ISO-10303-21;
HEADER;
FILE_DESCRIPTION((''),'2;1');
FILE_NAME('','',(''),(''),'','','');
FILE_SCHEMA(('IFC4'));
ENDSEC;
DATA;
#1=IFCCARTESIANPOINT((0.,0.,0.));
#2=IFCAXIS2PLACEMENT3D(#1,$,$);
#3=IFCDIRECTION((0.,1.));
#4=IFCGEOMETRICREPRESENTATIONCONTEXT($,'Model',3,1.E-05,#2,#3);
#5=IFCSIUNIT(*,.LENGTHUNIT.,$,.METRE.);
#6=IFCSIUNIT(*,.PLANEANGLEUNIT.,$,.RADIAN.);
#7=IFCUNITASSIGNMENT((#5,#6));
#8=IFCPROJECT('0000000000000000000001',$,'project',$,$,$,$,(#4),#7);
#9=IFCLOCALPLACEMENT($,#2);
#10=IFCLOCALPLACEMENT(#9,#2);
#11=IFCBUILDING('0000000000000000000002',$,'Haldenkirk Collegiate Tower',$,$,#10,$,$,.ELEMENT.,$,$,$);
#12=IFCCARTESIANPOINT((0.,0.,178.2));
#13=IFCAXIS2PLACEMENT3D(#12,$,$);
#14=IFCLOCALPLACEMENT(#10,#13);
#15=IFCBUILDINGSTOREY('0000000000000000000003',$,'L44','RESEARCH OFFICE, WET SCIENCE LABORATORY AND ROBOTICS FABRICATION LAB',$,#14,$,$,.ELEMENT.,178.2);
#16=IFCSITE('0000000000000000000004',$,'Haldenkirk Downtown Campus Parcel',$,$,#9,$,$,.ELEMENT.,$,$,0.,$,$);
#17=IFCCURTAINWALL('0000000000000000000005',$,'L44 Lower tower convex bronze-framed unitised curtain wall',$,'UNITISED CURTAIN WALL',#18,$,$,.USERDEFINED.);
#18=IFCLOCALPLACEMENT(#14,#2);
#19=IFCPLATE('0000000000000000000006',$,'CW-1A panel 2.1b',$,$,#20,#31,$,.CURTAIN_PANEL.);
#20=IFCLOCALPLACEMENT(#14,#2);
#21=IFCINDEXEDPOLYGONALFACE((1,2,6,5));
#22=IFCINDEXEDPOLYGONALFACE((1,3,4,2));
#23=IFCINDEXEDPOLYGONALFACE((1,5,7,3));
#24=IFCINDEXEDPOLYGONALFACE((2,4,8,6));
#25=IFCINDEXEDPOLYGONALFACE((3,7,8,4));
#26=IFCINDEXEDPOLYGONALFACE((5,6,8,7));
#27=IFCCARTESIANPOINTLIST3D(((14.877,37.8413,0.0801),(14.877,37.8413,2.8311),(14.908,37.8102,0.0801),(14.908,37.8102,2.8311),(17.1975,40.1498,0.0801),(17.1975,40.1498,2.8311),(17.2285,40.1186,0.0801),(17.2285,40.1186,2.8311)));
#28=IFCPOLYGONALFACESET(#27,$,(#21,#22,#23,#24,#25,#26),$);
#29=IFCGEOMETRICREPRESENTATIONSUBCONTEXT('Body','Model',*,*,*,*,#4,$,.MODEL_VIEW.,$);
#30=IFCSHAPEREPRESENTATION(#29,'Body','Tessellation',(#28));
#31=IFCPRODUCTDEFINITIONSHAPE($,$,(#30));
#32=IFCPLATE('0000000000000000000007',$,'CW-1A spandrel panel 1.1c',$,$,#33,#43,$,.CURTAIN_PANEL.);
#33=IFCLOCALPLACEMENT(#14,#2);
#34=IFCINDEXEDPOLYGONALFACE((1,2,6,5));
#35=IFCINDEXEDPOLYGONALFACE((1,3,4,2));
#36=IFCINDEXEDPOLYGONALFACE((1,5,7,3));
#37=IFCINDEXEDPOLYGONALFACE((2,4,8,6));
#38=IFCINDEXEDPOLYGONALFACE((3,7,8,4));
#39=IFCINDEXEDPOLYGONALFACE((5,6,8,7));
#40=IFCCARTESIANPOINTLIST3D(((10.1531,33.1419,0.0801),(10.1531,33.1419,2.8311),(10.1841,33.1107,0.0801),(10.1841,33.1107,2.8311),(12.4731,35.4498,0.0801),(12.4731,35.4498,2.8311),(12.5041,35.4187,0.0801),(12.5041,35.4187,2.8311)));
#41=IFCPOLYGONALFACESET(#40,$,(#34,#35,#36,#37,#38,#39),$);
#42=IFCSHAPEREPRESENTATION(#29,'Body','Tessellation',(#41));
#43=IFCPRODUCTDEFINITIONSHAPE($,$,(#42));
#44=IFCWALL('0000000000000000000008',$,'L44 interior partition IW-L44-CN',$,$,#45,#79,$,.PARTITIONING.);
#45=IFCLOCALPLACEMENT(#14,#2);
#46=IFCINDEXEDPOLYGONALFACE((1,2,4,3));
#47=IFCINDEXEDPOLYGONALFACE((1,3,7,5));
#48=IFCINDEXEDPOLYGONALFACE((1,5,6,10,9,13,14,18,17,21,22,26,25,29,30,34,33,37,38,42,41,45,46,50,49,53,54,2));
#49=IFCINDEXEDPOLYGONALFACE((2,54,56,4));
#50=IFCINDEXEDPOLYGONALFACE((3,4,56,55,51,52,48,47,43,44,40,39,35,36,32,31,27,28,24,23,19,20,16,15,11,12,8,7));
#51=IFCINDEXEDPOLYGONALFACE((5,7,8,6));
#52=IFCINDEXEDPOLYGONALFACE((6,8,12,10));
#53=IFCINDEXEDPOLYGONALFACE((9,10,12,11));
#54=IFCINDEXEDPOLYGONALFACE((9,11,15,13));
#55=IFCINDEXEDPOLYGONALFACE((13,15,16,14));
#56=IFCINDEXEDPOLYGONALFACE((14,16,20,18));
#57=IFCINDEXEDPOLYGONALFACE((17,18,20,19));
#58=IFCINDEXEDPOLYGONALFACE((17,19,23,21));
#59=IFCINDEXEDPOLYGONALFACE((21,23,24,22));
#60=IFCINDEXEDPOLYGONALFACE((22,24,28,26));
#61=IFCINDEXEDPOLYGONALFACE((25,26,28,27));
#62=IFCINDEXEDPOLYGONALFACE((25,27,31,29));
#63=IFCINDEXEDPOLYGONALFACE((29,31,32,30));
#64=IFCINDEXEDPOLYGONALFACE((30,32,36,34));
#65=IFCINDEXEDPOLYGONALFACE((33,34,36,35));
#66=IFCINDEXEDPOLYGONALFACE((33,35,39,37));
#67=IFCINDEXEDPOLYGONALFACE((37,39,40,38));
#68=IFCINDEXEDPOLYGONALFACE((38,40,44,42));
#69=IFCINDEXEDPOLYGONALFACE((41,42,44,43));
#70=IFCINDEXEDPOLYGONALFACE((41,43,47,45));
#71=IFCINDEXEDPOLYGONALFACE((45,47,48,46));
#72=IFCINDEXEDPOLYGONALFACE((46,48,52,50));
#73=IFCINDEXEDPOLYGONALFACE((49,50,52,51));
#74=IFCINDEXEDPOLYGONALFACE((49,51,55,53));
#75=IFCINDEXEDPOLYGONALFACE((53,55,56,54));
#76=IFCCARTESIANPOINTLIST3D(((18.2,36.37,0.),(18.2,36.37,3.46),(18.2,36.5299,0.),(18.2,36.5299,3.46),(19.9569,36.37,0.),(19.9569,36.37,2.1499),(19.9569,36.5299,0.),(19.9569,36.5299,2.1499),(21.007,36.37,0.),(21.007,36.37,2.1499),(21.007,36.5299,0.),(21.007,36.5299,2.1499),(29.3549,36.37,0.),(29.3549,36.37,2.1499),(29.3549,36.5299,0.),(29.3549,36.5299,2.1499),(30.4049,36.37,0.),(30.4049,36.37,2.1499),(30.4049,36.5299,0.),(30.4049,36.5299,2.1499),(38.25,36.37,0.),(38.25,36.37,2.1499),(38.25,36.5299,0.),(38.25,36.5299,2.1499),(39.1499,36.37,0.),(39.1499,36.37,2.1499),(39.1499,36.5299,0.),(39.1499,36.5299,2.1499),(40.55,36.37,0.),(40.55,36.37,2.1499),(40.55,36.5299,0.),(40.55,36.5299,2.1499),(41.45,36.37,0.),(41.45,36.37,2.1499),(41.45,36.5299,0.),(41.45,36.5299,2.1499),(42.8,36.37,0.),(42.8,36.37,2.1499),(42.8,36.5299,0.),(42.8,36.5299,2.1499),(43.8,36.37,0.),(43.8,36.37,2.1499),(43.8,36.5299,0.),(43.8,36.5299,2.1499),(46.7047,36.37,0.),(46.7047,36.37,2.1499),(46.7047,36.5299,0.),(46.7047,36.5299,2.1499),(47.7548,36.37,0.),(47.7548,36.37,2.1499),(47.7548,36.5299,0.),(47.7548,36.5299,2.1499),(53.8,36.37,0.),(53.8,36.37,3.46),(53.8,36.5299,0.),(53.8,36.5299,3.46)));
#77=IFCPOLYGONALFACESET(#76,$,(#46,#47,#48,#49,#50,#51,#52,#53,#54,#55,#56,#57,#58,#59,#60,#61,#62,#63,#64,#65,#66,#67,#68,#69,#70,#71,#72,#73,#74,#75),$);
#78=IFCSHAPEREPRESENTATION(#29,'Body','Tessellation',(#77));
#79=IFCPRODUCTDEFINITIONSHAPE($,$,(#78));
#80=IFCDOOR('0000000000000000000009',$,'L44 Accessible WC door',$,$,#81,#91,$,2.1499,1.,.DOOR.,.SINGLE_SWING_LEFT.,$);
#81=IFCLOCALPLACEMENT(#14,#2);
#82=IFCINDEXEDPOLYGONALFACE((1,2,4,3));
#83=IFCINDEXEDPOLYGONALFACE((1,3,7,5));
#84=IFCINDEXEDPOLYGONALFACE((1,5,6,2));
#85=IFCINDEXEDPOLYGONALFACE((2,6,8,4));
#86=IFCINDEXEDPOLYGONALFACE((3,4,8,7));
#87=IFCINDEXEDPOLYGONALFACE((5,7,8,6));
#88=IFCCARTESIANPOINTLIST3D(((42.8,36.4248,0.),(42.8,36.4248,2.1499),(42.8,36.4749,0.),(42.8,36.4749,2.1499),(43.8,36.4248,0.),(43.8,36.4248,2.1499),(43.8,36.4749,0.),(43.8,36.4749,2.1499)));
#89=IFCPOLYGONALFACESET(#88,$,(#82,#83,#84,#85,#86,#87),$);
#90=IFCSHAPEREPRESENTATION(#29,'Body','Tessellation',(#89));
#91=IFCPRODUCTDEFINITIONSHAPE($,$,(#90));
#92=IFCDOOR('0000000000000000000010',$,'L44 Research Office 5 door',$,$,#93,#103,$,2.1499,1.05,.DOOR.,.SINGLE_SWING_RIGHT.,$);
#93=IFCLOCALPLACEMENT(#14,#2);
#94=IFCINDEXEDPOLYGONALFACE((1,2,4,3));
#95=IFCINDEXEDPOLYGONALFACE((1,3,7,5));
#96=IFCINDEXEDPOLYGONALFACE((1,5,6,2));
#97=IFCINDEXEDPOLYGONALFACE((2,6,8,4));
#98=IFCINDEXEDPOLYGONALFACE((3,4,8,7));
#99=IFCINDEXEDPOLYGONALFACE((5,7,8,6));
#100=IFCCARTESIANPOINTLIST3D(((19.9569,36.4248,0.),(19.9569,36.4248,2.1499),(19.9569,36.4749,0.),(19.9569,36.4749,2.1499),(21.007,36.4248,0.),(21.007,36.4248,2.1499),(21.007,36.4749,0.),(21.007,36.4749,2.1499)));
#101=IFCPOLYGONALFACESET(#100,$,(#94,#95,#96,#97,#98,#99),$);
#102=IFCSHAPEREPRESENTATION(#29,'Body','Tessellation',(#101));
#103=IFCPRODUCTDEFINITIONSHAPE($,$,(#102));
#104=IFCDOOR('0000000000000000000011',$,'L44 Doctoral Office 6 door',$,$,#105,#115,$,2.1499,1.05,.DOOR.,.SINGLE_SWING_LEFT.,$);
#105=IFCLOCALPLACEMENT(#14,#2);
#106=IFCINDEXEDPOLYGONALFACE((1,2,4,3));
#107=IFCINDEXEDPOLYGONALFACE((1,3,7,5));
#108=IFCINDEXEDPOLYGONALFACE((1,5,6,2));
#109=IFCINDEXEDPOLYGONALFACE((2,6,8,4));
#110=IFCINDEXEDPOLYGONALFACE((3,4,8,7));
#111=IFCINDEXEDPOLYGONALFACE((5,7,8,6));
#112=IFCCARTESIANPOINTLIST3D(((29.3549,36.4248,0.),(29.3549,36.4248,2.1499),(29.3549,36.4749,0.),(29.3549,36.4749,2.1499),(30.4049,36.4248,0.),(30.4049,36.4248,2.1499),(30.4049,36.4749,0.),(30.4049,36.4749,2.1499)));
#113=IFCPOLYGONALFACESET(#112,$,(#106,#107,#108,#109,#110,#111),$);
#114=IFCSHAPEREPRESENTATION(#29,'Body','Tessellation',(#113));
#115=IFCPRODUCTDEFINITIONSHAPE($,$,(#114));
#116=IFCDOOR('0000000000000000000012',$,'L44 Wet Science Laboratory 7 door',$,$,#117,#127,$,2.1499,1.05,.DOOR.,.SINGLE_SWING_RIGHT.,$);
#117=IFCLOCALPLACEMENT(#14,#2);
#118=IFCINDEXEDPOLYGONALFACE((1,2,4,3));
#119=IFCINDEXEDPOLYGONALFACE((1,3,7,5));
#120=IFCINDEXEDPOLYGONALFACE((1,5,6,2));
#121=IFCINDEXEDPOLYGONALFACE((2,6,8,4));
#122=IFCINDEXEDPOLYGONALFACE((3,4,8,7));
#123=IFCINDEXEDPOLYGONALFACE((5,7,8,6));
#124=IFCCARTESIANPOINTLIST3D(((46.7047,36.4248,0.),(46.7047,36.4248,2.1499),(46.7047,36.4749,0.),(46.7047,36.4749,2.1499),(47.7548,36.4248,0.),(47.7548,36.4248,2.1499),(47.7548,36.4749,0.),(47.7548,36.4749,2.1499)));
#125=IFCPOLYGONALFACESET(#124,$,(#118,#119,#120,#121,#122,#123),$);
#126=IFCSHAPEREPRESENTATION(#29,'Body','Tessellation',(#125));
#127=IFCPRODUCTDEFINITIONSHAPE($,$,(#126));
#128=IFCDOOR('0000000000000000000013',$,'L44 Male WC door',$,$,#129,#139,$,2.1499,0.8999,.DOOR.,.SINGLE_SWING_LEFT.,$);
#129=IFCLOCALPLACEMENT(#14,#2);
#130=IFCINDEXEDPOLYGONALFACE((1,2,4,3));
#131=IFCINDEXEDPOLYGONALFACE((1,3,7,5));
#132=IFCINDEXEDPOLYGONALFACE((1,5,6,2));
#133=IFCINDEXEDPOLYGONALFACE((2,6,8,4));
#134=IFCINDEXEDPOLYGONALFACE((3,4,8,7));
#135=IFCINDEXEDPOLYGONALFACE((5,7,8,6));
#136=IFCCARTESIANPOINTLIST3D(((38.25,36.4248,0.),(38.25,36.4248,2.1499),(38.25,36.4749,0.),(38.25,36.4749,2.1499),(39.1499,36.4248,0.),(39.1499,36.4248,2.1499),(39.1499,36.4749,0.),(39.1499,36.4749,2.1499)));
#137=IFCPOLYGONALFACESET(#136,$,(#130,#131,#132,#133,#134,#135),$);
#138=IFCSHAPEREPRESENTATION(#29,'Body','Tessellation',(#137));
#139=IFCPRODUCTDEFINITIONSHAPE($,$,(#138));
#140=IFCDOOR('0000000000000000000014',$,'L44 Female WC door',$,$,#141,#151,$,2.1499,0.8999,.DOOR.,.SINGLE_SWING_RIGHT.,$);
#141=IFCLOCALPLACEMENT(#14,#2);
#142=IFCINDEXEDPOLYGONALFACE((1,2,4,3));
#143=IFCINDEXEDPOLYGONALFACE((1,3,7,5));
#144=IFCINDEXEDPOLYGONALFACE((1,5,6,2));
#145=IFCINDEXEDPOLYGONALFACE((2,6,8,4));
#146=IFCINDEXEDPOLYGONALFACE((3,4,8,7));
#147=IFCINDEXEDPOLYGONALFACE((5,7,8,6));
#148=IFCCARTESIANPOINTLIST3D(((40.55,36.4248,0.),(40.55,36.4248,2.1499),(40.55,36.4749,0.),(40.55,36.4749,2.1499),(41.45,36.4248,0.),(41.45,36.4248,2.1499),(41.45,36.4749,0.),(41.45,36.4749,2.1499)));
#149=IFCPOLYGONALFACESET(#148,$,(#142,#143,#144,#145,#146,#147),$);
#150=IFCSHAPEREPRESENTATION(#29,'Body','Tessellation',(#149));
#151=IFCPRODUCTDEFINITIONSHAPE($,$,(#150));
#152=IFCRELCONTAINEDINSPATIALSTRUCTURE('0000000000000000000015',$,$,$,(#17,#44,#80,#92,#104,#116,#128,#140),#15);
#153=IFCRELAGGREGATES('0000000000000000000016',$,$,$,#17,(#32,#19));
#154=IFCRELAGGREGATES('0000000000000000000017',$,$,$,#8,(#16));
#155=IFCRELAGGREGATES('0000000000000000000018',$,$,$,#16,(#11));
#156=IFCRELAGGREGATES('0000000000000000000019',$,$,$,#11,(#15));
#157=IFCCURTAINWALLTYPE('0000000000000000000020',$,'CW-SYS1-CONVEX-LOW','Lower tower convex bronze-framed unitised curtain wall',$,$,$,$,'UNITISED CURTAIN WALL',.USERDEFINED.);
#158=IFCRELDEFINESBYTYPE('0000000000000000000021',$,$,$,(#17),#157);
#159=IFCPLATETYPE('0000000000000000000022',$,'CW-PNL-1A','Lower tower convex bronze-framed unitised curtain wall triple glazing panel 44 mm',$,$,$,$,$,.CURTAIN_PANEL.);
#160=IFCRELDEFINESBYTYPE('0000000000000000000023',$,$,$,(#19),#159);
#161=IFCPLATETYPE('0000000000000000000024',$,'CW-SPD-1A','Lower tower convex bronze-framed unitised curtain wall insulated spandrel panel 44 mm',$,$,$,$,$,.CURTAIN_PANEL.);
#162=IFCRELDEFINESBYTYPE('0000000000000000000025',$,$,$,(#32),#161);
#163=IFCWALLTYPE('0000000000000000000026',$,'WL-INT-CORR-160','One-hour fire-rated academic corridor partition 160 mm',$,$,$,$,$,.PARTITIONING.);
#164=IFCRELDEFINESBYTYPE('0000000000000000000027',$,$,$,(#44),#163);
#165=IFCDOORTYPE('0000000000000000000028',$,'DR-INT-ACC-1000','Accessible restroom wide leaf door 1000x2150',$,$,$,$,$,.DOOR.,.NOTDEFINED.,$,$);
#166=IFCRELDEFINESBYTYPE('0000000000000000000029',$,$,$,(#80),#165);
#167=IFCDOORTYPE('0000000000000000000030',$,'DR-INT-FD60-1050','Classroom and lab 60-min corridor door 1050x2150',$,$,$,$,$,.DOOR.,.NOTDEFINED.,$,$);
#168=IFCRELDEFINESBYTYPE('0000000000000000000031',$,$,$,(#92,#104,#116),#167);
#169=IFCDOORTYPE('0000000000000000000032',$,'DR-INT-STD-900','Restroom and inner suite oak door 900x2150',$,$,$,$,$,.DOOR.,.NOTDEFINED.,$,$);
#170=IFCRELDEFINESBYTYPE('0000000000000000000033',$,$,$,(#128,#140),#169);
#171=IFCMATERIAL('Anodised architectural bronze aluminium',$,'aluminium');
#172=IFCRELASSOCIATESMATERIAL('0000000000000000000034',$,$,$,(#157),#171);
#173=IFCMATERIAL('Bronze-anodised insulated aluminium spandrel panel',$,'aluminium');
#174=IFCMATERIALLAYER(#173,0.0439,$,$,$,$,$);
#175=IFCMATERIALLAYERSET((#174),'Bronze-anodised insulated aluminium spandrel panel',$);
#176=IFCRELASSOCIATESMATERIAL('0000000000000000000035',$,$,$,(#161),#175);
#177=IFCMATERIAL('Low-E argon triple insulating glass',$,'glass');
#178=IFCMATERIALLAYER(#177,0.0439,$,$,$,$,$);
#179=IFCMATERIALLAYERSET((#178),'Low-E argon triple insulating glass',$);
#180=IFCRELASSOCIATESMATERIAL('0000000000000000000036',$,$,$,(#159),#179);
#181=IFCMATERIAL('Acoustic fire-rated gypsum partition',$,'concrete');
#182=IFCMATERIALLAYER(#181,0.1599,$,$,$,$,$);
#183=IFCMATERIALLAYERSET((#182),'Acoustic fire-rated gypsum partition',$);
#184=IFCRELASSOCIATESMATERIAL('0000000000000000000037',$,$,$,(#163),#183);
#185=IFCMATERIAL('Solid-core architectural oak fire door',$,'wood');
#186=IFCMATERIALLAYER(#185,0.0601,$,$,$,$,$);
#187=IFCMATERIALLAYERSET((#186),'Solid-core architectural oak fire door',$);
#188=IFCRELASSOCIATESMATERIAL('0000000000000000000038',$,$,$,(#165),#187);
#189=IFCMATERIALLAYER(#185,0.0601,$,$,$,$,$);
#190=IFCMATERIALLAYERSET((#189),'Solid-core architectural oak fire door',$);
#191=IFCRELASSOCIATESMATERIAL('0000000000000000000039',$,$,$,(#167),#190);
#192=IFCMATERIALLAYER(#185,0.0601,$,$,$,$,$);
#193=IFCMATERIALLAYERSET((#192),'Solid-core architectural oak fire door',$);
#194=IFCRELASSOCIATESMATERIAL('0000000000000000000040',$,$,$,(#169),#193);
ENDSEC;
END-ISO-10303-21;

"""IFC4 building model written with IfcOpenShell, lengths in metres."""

from ifc_helpers import new_model, si_unit, direction, frame, frame_2d, origin, origin_2d, place, context, subcontext, project, spatial, rectangle, extrude, source, transform, mapped, material, layer, layer_set, type_object, element, fill, aggregate, save


model = new_model("IFC4")

# Units and contexts
model_context = context("Model", 3, precision=1e-05, world=origin(), true_north=direction((0.0, 1.0)))
body_context = subcontext(model_context, "Body", "Model", "MODEL_VIEW")
ifc_project = project(units=[si_unit("LENGTHUNIT", "METRE"), si_unit("PLANEANGLEUNIT", "RADIAN")], contexts=[model_context])

# Site, building, storey
site_placement = place(None, origin())
site = spatial("IfcSite", under=ifc_project, at=site_placement, Name="Haldenkirk Downtown Campus Parcel", CompositionType="ELEMENT", RefElevation=0.0)
building_placement = place(site_placement, origin())
building = spatial("IfcBuilding", under=site, at=building_placement, Name="Haldenkirk Collegiate Tower", CompositionType="ELEMENT")
storey_placement = place(building_placement, frame((0.0, 0.0, 178.2)))
storey = spatial("IfcBuildingStorey", under=building, at=storey_placement, Name="L44", Description="RESEARCH OFFICE, WET SCIENCE LABORATORY AND ROBOTICS FABRICATION LAB", CompositionType="ELEMENT", Elevation=178.2)

# Curtain wall
ifc_material_1 = material(Name="Anodised architectural bronze aluminium", Category="aluminium")
curtain_wall_type = type_object("IfcCurtainWallType", Name="CW-SYS1-CONVEX-LOW", Description="Lower tower convex bronze-framed unitised curtain wall", ElementType="UNITISED CURTAIN WALL", PredefinedType="USERDEFINED", material=ifc_material_1)
curtain_wall_placement = place(storey_placement, origin())
curtain_wall = element("IfcCurtainWall", 1, at=curtain_wall_placement, inside=storey, type_object=curtain_wall_type, Name="L44 Lower tower convex bronze-framed unitised curtain wall", ObjectType="UNITISED CURTAIN WALL", PredefinedType="USERDEFINED")

# Plates
ifc_material_2 = material(Name="Bronze-anodised insulated aluminium spandrel panel", Category="aluminium")
ifc_layer_1 = layer(ifc_material_2, 0.0439)
ifc_layer_set_1 = layer_set([ifc_layer_1], Name="Bronze-anodised insulated aluminium spandrel panel")
plate_type_1 = type_object("IfcPlateType", Name="CW-SPD-1A", Description="Lower tower convex bronze-framed unitised curtain wall insulated spandrel panel 44 mm", PredefinedType="CURTAIN_PANEL", material=ifc_layer_set_1)
ifc_material_3 = material(Name="Low-E argon triple insulating glass", Category="glass")
ifc_layer_2 = layer(ifc_material_3, 0.0439)
ifc_layer_set_2 = layer_set([ifc_layer_2], Name="Low-E argon triple insulating glass")
plate_type_2 = type_object("IfcPlateType", Name="CW-PNL-1A", Description="Lower tower convex bronze-framed unitised curtain wall triple glazing panel 44 mm", PredefinedType="CURTAIN_PANEL", material=ifc_layer_set_2)
shared_shape_1 = source(origin(), body_context, "Body", "SweptSolid", [
    extrude(rectangle(XDim=3.2732, YDim=0.0439, at=origin_2d()), origin(), (0.0, 0.0, 1.0), 2.751),
])
plate_1_placement = place(storey_placement, frame((16.0527, 38.98, 0.0801), z_axis=(0.0, 0.0, 1.0), x_axis=(0.708954, 0.705255, 0.0)))
plate_1 = element("IfcPlate", 2, at=plate_1_placement, type_object=plate_type_2, Name="CW-1A panel 2.1b", PredefinedType="CURTAIN_PANEL", context=body_context, shape_type="MappedRepresentation", body=[
    mapped(shared_shape_1, transform((0.0, 0.0, 0.0), x_axis=(1.0, 0.0, 0.0), y_axis=(0.0, 1.0, 0.0), z_axis=(0.0, 0.0, 1.0), scale=1.0)),
])
shared_shape_2 = source(origin(), body_context, "Body", "SweptSolid", [
    extrude(rectangle(XDim=3.2725, YDim=0.0439, at=origin_2d()), origin(), (0.0, 0.0, 1.0), 2.751),
])
plate_2_placement = place(storey_placement, frame((11.3286, 34.2803, 0.0801), z_axis=(0.0, 0.0, 1.0), x_axis=(0.708954, 0.705255, 0.0)))
plate_2 = element("IfcPlate", 3, at=plate_2_placement, type_object=plate_type_1, Name="CW-1A spandrel panel 1.1c", PredefinedType="CURTAIN_PANEL", context=body_context, shape_type="MappedRepresentation", body=[
    mapped(shared_shape_2, transform((0.0, 0.0, 0.0), x_axis=(1.0, 0.0, 0.0), y_axis=(0.0, 1.0, 0.0), z_axis=(0.0, 0.0, 1.0), scale=1.0)),
])
aggregate(curtain_wall, [plate_2, plate_1])

# Wall, openings, doors
ifc_material_4 = material(Name="Acoustic fire-rated gypsum partition", Category="concrete")
ifc_layer_3 = layer(ifc_material_4, 0.1599)
ifc_layer_set_3 = layer_set([ifc_layer_3], Name="Acoustic fire-rated gypsum partition")
wall_type_1 = type_object("IfcWallType", Name="WL-INT-CORR-160", Description="One-hour fire-rated academic corridor partition 160 mm", PredefinedType="PARTITIONING", material=ifc_layer_set_3)
wall_1_placement = place(storey_placement, frame((18.2, 36.45, 0.0), z_axis=(0.0, 0.0, 1.0), x_axis=(1.0, 0.0, 0.0)))
wall_1 = element("IfcWall", 4, at=wall_1_placement, inside=storey, type_object=wall_type_1, Name="L44 interior partition IW-L44-CN", PredefinedType="PARTITIONING", context=body_context, shape_type="SweptSolid", body=[
    extrude(rectangle(XDim=35.6001, YDim=0.1599, at=frame_2d((17.8, 0.0))), origin(), (0.0, 0.0, 1.0), 3.46),
])
opening_1_placement = place(wall_1_placement, frame((20.05, 0.0, 0.0)))
opening_1 = element("IfcOpeningElement", 5, at=opening_1_placement, cuts=wall_1, PredefinedType="OPENING", context=body_context, shape_type="SweptSolid", body=[
    extrude(rectangle(XDim=0.8999, YDim=2.1499, at=frame_2d((0.45, 1.075))), frame((0.0, 0.0898, 0.0), z_axis=(0.0, -1.0, 0.0), x_axis=(1.0, 0.0, 0.0)), (0.0, 0.0, 1.0), 0.1799),
])
opening_2_placement = place(wall_1_placement, frame((22.3501, 0.0, 0.0)))
opening_2 = element("IfcOpeningElement", 6, at=opening_2_placement, cuts=wall_1, PredefinedType="OPENING", context=body_context, shape_type="SweptSolid", body=[
    extrude(rectangle(XDim=0.8999, YDim=2.1499, at=frame_2d((0.45, 1.075))), frame((0.0, 0.0898, 0.0), z_axis=(0.0, -1.0, 0.0), x_axis=(1.0, 0.0, 0.0)), (0.0, 0.0, 1.0), 0.1799),
])
opening_3_placement = place(wall_1_placement, frame((24.6001, 0.0, 0.0)))
opening_3 = element("IfcOpeningElement", 7, at=opening_3_placement, cuts=wall_1, PredefinedType="OPENING", context=body_context, shape_type="SweptSolid", body=[
    extrude(rectangle(XDim=1.0, YDim=2.1499, at=frame_2d((0.5, 1.075))), frame((0.0, 0.0898, 0.0), z_axis=(0.0, -1.0, 0.0), x_axis=(1.0, 0.0, 0.0)), (0.0, 0.0, 1.0), 0.1799),
])
opening_4_placement = place(wall_1_placement, frame((1.7571, 0.0, 0.0)))
opening_4 = element("IfcOpeningElement", 8, at=opening_4_placement, cuts=wall_1, PredefinedType="OPENING", context=body_context, shape_type="SweptSolid", body=[
    extrude(rectangle(XDim=1.05, YDim=2.1499, at=frame_2d((0.5249, 1.075))), frame((0.0, 0.0898, 0.0), z_axis=(0.0, -1.0, 0.0), x_axis=(1.0, 0.0, 0.0)), (0.0, 0.0, 1.0), 0.1799),
])
opening_5_placement = place(wall_1_placement, frame((11.155, 0.0, 0.0)))
opening_5 = element("IfcOpeningElement", 9, at=opening_5_placement, cuts=wall_1, PredefinedType="OPENING", context=body_context, shape_type="SweptSolid", body=[
    extrude(rectangle(XDim=1.05, YDim=2.1499, at=frame_2d((0.5249, 1.075))), frame((0.0, 0.0898, 0.0), z_axis=(0.0, -1.0, 0.0), x_axis=(1.0, 0.0, 0.0)), (0.0, 0.0, 1.0), 0.1799),
])
opening_6_placement = place(wall_1_placement, frame((28.5049, 0.0, 0.0)))
opening_6 = element("IfcOpeningElement", 10, at=opening_6_placement, cuts=wall_1, PredefinedType="OPENING", context=body_context, shape_type="SweptSolid", body=[
    extrude(rectangle(XDim=1.05, YDim=2.1499, at=frame_2d((0.5249, 1.075))), frame((0.0, 0.0898, 0.0), z_axis=(0.0, -1.0, 0.0), x_axis=(1.0, 0.0, 0.0)), (0.0, 0.0, 1.0), 0.1799),
])
ifc_material_5 = material(Name="Solid-core architectural oak fire door", Category="wood")
ifc_layer_4 = layer(ifc_material_5, 0.0601)
ifc_layer_set_4 = layer_set([ifc_layer_4], Name="Solid-core architectural oak fire door")
door_type_1 = type_object("IfcDoorType", Name="DR-INT-ACC-1000", Description="Accessible restroom wide leaf door 1000x2150", OperationType="NOTDEFINED", PredefinedType="DOOR", material=ifc_layer_set_4)
door_1_placement = place(opening_3_placement, origin())
door_1 = element("IfcDoor", 11, at=door_1_placement, inside=storey, type_object=door_type_1, Name="L44 Accessible WC door", OperationType="SINGLE_SWING_LEFT", OverallHeight=2.1499, OverallWidth=1.0, PredefinedType="DOOR", context=body_context, shape_type="SweptSolid", body=[
    extrude(rectangle(XDim=1.0, YDim=2.1499, at=frame_2d((0.5, 1.075))), frame((0.0, 0.0249, 0.0), z_axis=(0.0, -1.0, 0.0), x_axis=(1.0, 0.0, 0.0)), (0.0, 0.0, 1.0), 0.05),
])
fill(opening_3, door_1)
ifc_layer_5 = layer(ifc_material_5, 0.0601)
ifc_layer_set_5 = layer_set([ifc_layer_5], Name="Solid-core architectural oak fire door")
door_type_2 = type_object("IfcDoorType", Name="DR-INT-FD60-1050", Description="Classroom and lab 60-min corridor door 1050x2150", OperationType="NOTDEFINED", PredefinedType="DOOR", material=ifc_layer_set_5)
door_2_placement = place(opening_4_placement, origin())
door_2 = element("IfcDoor", 12, at=door_2_placement, inside=storey, type_object=door_type_2, Name="L44 Research Office 5 door", OperationType="SINGLE_SWING_RIGHT", OverallHeight=2.1499, OverallWidth=1.05, PredefinedType="DOOR", context=body_context, shape_type="SweptSolid", body=[
    extrude(rectangle(XDim=1.05, YDim=2.1499, at=frame_2d((0.5249, 1.075))), frame((0.0, 0.0249, 0.0), z_axis=(0.0, -1.0, 0.0), x_axis=(1.0, 0.0, 0.0)), (0.0, 0.0, 1.0), 0.05),
])
fill(opening_4, door_2)
door_3_placement = place(opening_5_placement, origin())
door_3 = element("IfcDoor", 13, at=door_3_placement, inside=storey, type_object=door_type_2, Name="L44 Doctoral Office 6 door", OperationType="SINGLE_SWING_LEFT", OverallHeight=2.1499, OverallWidth=1.05, PredefinedType="DOOR", context=body_context, shape_type="SweptSolid", body=[
    extrude(rectangle(XDim=1.05, YDim=2.1499, at=frame_2d((0.5249, 1.075))), frame((0.0, 0.0249, 0.0), z_axis=(0.0, -1.0, 0.0), x_axis=(1.0, 0.0, 0.0)), (0.0, 0.0, 1.0), 0.05),
])
fill(opening_5, door_3)
door_4_placement = place(opening_6_placement, origin())
door_4 = element("IfcDoor", 14, at=door_4_placement, inside=storey, type_object=door_type_2, Name="L44 Wet Science Laboratory 7 door", OperationType="SINGLE_SWING_RIGHT", OverallHeight=2.1499, OverallWidth=1.05, PredefinedType="DOOR", context=body_context, shape_type="SweptSolid", body=[
    extrude(rectangle(XDim=1.05, YDim=2.1499, at=frame_2d((0.5249, 1.075))), frame((0.0, 0.0249, 0.0), z_axis=(0.0, -1.0, 0.0), x_axis=(1.0, 0.0, 0.0)), (0.0, 0.0, 1.0), 0.05),
])
fill(opening_6, door_4)
ifc_layer_6 = layer(ifc_material_5, 0.0601)
ifc_layer_set_6 = layer_set([ifc_layer_6], Name="Solid-core architectural oak fire door")
door_type_3 = type_object("IfcDoorType", Name="DR-INT-STD-900", Description="Restroom and inner suite oak door 900x2150", OperationType="NOTDEFINED", PredefinedType="DOOR", material=ifc_layer_set_6)
door_5_placement = place(opening_1_placement, origin())
door_5 = element("IfcDoor", 15, at=door_5_placement, inside=storey, type_object=door_type_3, Name="L44 Male WC door", OperationType="SINGLE_SWING_LEFT", OverallHeight=2.1499, OverallWidth=0.8999, PredefinedType="DOOR", context=body_context, shape_type="SweptSolid", body=[
    extrude(rectangle(XDim=0.8999, YDim=2.1499, at=frame_2d((0.45, 1.075))), frame((0.0, 0.0249, 0.0), z_axis=(0.0, -1.0, 0.0), x_axis=(1.0, 0.0, 0.0)), (0.0, 0.0, 1.0), 0.05),
])
fill(opening_1, door_5)
door_6_placement = place(opening_2_placement, origin())
door_6 = element("IfcDoor", 16, at=door_6_placement, inside=storey, type_object=door_type_3, Name="L44 Female WC door", OperationType="SINGLE_SWING_RIGHT", OverallHeight=2.1499, OverallWidth=0.8999, PredefinedType="DOOR", context=body_context, shape_type="SweptSolid", body=[
    extrude(rectangle(XDim=0.8999, YDim=2.1499, at=frame_2d((0.45, 1.075))), frame((0.0, 0.0249, 0.0), z_axis=(0.0, -1.0, 0.0), x_axis=(1.0, 0.0, 0.0)), (0.0, 0.0, 1.0), 0.05),
])
fill(opening_2, door_6)

save(model, "model.ifc")
